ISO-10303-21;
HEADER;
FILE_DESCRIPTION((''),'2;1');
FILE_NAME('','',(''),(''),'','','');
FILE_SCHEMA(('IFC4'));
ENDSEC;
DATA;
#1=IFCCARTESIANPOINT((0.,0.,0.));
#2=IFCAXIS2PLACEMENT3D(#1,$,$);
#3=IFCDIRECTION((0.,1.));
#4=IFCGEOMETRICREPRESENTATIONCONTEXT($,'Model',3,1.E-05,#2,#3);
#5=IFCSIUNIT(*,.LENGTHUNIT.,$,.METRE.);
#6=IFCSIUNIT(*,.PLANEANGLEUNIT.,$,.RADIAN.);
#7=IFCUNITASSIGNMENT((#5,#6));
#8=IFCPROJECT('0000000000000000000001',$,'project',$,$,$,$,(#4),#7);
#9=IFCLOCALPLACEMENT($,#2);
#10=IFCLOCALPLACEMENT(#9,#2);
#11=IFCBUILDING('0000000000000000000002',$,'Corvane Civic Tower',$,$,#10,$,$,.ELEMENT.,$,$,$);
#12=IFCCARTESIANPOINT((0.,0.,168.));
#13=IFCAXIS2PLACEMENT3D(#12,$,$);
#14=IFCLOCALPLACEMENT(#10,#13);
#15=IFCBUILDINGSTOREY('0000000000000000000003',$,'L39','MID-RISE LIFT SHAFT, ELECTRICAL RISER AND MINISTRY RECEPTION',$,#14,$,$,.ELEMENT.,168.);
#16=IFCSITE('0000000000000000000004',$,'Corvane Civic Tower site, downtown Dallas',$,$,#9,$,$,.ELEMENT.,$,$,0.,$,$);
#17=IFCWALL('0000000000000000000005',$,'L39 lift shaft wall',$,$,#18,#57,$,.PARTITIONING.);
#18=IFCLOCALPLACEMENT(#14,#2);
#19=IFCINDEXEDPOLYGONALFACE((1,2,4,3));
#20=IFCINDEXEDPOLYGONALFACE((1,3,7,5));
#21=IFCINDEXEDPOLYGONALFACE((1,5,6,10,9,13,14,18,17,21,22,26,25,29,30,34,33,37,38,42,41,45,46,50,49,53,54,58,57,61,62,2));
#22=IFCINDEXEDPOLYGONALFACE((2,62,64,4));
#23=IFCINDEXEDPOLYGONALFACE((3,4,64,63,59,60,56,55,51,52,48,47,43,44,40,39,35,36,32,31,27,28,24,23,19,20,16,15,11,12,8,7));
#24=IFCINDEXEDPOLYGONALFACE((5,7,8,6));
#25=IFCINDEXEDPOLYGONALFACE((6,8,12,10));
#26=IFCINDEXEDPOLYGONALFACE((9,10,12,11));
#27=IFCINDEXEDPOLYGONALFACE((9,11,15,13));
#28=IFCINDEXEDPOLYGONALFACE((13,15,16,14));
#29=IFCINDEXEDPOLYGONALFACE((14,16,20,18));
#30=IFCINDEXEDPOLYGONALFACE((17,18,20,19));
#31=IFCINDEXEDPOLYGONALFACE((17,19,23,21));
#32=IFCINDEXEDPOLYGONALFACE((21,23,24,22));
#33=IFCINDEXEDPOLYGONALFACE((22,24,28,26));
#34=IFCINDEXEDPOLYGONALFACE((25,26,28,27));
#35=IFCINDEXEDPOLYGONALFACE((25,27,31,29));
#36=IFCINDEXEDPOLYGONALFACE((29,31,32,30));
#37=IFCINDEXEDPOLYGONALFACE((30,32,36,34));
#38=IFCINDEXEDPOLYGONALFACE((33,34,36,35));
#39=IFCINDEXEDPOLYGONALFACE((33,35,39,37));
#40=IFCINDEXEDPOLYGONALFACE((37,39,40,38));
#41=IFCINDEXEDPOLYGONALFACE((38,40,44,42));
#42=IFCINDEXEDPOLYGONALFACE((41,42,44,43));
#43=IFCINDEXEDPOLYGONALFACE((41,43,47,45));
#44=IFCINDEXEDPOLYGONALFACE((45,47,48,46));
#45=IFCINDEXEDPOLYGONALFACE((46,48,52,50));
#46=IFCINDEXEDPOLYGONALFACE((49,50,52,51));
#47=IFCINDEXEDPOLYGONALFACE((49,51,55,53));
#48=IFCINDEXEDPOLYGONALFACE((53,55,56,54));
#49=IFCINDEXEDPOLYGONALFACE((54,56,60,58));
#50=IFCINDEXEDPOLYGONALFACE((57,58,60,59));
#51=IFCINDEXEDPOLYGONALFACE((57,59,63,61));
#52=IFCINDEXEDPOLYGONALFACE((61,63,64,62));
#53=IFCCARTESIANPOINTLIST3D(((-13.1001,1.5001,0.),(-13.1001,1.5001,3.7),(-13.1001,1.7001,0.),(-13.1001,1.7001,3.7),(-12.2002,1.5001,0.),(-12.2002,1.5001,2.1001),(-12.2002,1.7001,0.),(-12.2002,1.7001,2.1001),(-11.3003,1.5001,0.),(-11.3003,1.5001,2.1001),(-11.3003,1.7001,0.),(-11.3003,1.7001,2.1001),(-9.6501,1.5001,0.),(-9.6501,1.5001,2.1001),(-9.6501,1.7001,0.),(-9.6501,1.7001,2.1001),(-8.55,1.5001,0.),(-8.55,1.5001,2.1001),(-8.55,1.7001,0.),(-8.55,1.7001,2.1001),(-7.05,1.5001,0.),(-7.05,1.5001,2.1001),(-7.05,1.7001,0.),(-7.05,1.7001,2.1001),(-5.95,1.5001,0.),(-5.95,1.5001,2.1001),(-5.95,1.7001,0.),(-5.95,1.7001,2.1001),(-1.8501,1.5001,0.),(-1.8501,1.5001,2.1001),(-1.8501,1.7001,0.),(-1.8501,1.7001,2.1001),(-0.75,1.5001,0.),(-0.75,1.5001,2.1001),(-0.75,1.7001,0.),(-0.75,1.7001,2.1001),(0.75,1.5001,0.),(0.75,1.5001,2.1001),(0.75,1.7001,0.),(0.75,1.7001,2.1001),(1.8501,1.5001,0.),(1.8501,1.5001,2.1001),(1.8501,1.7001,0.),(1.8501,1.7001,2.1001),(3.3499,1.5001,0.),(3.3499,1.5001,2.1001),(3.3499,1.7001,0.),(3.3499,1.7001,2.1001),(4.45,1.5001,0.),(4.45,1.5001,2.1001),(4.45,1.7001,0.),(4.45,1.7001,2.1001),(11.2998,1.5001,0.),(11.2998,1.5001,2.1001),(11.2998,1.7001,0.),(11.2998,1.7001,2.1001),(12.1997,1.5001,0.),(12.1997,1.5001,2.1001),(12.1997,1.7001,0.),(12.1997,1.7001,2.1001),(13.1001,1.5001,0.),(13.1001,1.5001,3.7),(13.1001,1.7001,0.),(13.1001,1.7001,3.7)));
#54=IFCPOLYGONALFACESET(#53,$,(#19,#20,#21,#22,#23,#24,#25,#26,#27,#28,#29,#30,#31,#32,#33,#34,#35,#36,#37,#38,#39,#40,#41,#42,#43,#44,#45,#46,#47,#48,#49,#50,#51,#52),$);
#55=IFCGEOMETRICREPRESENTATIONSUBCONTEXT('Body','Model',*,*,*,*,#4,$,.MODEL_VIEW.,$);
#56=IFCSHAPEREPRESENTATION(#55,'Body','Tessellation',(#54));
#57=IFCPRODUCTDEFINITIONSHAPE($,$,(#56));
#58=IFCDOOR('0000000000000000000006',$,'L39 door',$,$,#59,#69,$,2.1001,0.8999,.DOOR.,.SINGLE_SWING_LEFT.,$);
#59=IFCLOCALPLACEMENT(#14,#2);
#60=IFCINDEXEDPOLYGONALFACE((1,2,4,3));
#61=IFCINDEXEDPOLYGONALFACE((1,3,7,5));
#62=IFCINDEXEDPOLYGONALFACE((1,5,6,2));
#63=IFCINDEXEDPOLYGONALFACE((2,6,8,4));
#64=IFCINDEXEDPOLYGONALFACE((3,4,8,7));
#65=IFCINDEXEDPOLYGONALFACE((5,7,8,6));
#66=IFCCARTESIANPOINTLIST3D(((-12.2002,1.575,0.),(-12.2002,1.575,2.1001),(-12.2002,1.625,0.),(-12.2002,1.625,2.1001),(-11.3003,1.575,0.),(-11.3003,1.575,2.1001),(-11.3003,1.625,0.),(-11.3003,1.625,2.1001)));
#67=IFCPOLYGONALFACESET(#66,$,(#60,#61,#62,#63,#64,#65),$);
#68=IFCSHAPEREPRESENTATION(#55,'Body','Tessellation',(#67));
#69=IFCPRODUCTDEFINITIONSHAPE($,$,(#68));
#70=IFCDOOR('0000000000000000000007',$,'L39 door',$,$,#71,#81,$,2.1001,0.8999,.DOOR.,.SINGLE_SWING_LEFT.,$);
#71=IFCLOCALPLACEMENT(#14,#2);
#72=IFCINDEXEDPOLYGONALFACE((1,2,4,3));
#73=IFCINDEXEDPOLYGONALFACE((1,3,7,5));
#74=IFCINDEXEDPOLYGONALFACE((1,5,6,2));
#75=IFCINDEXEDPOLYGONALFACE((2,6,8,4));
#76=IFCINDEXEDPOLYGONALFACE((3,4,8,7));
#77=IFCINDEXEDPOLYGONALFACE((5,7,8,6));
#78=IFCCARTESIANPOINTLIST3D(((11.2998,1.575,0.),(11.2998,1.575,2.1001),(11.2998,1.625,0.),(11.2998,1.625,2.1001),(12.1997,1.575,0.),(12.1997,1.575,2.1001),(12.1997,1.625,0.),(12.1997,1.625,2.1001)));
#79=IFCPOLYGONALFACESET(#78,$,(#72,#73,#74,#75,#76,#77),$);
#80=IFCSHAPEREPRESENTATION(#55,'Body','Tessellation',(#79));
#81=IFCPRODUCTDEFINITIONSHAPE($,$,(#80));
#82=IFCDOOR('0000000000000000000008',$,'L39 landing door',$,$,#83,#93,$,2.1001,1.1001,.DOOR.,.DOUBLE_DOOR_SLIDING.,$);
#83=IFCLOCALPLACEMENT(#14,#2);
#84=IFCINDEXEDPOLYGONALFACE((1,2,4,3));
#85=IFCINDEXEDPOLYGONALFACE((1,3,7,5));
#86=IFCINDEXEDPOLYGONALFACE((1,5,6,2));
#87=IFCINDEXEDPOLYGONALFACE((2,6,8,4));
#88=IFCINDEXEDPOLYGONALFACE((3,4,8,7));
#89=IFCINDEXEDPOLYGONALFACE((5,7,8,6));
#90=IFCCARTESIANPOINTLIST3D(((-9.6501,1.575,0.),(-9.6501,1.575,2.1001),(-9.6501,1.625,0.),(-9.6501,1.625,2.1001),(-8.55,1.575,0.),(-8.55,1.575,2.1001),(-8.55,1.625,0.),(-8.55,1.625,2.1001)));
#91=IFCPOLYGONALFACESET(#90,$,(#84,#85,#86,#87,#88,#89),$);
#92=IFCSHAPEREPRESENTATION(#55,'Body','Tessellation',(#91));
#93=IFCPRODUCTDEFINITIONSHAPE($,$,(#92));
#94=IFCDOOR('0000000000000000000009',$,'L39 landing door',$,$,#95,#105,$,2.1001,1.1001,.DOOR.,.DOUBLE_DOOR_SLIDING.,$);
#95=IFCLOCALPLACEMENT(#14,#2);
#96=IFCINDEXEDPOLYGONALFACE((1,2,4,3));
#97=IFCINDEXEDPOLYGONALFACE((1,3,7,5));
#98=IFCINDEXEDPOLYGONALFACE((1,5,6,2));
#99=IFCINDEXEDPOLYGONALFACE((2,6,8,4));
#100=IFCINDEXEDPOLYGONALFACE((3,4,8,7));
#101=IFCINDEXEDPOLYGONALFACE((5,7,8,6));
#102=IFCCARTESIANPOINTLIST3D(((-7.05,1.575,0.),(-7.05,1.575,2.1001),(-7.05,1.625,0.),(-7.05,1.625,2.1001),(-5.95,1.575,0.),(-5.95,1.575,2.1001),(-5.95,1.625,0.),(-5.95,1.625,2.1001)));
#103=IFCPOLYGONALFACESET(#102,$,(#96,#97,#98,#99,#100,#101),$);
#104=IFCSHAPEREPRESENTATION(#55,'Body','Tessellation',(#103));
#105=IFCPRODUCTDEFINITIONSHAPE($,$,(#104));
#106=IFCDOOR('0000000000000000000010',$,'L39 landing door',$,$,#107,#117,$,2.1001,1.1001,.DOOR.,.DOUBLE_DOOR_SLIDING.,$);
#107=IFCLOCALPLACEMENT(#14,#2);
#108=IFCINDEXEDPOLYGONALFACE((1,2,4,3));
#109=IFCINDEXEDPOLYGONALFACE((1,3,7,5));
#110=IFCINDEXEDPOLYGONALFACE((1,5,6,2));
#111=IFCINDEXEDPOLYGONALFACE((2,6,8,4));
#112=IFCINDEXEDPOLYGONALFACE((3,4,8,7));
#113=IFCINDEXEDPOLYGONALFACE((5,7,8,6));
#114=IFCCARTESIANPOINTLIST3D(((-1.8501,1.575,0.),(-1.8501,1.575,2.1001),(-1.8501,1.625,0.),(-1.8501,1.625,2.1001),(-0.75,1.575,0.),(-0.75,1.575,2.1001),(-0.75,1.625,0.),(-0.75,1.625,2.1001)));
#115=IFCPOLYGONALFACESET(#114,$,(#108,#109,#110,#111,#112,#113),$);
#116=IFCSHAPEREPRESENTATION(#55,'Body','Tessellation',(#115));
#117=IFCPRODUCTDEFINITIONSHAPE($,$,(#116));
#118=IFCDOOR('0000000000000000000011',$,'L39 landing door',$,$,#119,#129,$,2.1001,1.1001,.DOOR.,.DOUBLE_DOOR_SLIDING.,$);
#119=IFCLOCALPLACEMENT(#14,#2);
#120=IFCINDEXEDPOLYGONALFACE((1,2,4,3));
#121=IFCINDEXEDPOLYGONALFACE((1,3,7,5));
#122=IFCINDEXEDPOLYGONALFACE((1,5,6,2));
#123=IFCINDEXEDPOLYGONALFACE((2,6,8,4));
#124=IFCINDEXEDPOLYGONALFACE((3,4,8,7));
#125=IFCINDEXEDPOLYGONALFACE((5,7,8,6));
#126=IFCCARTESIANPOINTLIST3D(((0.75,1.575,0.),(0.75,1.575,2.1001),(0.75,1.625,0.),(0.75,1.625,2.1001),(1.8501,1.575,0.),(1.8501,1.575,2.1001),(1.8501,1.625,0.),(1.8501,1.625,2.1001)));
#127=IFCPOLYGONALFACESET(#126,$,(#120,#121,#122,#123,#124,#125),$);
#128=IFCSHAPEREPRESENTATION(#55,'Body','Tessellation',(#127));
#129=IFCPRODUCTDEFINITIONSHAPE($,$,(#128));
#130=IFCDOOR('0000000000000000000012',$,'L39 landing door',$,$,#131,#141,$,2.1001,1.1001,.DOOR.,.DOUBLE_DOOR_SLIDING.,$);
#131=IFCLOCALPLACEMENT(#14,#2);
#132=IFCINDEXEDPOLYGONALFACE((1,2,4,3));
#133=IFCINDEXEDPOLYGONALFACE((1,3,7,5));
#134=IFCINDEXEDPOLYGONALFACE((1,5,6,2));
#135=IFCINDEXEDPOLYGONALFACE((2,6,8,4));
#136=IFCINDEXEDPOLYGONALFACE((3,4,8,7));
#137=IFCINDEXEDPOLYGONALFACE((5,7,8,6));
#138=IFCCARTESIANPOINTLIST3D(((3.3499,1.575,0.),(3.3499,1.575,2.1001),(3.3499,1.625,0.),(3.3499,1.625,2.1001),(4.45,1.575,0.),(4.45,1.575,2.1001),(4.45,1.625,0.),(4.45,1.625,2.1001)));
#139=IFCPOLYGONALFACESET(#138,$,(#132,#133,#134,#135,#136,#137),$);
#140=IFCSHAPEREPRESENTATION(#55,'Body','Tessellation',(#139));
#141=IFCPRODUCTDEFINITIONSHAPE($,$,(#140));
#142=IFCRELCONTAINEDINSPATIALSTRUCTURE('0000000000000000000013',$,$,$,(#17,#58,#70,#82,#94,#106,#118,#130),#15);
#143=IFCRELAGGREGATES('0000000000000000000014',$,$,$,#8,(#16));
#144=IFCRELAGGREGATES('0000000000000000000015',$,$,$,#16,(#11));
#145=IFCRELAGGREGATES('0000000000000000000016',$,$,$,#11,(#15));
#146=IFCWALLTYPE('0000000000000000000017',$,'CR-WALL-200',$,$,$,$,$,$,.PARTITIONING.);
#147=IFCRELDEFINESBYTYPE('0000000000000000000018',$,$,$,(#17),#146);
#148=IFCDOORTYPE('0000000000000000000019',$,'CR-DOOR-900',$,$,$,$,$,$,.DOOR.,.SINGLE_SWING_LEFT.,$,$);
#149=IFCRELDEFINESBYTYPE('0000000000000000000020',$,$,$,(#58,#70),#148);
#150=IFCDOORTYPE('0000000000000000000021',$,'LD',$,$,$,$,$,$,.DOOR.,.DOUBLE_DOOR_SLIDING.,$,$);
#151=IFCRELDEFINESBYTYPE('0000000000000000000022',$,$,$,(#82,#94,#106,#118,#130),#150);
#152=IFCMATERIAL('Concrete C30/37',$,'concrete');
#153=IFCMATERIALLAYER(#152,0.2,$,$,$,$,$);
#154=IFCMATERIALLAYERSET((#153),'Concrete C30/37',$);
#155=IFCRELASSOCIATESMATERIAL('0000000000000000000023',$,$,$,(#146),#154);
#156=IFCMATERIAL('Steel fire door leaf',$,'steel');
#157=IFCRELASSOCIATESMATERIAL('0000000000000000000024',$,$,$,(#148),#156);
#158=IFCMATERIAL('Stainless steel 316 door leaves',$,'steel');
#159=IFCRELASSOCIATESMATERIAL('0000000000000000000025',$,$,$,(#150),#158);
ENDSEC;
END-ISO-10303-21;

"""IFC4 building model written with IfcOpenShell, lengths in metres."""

from ifc_helpers import new_model, si_unit, direction, frame, frame_2d, origin, place, context, subcontext, project, spatial, rectangle, extrude, material, layer, layer_set, type_object, element, fill, save


model = new_model("IFC4")

# Units and contexts
model_context = context("Model", 3, precision=1e-05, world=origin(), true_north=direction((0.0, 1.0)))
body_context = subcontext(model_context, "Body", "Model", "MODEL_VIEW")
ifc_project = project(units=[si_unit("LENGTHUNIT", "METRE"), si_unit("PLANEANGLEUNIT", "RADIAN")], contexts=[model_context])

# Site, building, storey
site_placement = place(None, origin())
site = spatial("IfcSite", under=ifc_project, at=site_placement, Name="Corvane Civic Tower site, downtown Dallas", CompositionType="ELEMENT", RefElevation=0.0)
building_placement = place(site_placement, origin())
building = spatial("IfcBuilding", under=site, at=building_placement, Name="Corvane Civic Tower", CompositionType="ELEMENT")
storey_placement = place(building_placement, frame((0.0, 0.0, 168.0)))
storey = spatial("IfcBuildingStorey", under=building, at=storey_placement, Name="L39", Description="MID-RISE LIFT SHAFT, ELECTRICAL RISER AND MINISTRY RECEPTION", CompositionType="ELEMENT", Elevation=168.0)

# Wall, openings, doors
ifc_material_1 = material(Name="Concrete C30/37", Category="concrete")
ifc_layer_1 = layer(ifc_material_1, 0.2)
ifc_layer_set_1 = layer_set([ifc_layer_1], Name="Concrete C30/37")
wall_type_1 = type_object("IfcWallType", Name="CR-WALL-200", PredefinedType="PARTITIONING", material=ifc_layer_set_1)
wall_1_placement = place(storey_placement, frame((-13.1001, 1.6001, 0.0), z_axis=(0.0, 0.0, 1.0), x_axis=(1.0, 0.0, 0.0)))
wall_1 = element("IfcWall", 1, at=wall_1_placement, inside=storey, type_object=wall_type_1, Name="L39 lift shaft wall", PredefinedType="PARTITIONING", context=body_context, shape_type="SweptSolid", body=[
    extrude(rectangle(XDim=26.2002, YDim=0.2, at=frame_2d((13.1001, 0.0))), origin(), (0.0, 0.0, 1.0), 3.7),
])
opening_1_placement = place(wall_1_placement, frame((3.45, 0.0, 0.0)))
opening_1 = element("IfcOpeningElement", 2, at=opening_1_placement, cuts=wall_1, PredefinedType="OPENING", context=body_context, shape_type="SweptSolid", body=[
    extrude(rectangle(XDim=1.1001, YDim=2.1001, at=frame_2d((0.55, 1.05))), frame((0.0, 0.1099, 0.0), z_axis=(0.0, -1.0, 0.0), x_axis=(1.0, 0.0, 0.0)), (0.0, 0.0, 1.0), 0.22),
])
opening_2_placement = place(wall_1_placement, frame((6.05, 0.0, 0.0)))
opening_2 = element("IfcOpeningElement", 3, at=opening_2_placement, cuts=wall_1, PredefinedType="OPENING", context=body_context, shape_type="SweptSolid", body=[
    extrude(rectangle(XDim=1.1001, YDim=2.1001, at=frame_2d((0.55, 1.05))), frame((0.0, 0.1099, 0.0), z_axis=(0.0, -1.0, 0.0), x_axis=(1.0, 0.0, 0.0)), (0.0, 0.0, 1.0), 0.22),
])
opening_3_placement = place(wall_1_placement, frame((11.25, 0.0, 0.0)))
opening_3 = element("IfcOpeningElement", 4, at=opening_3_placement, cuts=wall_1, PredefinedType="OPENING", context=body_context, shape_type="SweptSolid", body=[
    extrude(rectangle(XDim=1.1001, YDim=2.1001, at=frame_2d((0.55, 1.05))), frame((0.0, 0.1099, 0.0), z_axis=(0.0, -1.0, 0.0), x_axis=(1.0, 0.0, 0.0)), (0.0, 0.0, 1.0), 0.22),
])
opening_4_placement = place(wall_1_placement, frame((13.8501, 0.0, 0.0)))
opening_4 = element("IfcOpeningElement", 5, at=opening_4_placement, cuts=wall_1, PredefinedType="OPENING", context=body_context, shape_type="SweptSolid", body=[
    extrude(rectangle(XDim=1.1001, YDim=2.1001, at=frame_2d((0.55, 1.05))), frame((0.0, 0.1099, 0.0), z_axis=(0.0, -1.0, 0.0), x_axis=(1.0, 0.0, 0.0)), (0.0, 0.0, 1.0), 0.22),
])
opening_5_placement = place(wall_1_placement, frame((16.45, 0.0, 0.0)))
opening_5 = element("IfcOpeningElement", 6, at=opening_5_placement, cuts=wall_1, PredefinedType="OPENING", context=body_context, shape_type="SweptSolid", body=[
    extrude(rectangle(XDim=1.1001, YDim=2.1001, at=frame_2d((0.55, 1.05))), frame((0.0, 0.1099, 0.0), z_axis=(0.0, -1.0, 0.0), x_axis=(1.0, 0.0, 0.0)), (0.0, 0.0, 1.0), 0.22),
])
opening_6_placement = place(wall_1_placement, frame((0.8999, 0.0, 0.0)))
opening_6 = element("IfcOpeningElement", 7, at=opening_6_placement, cuts=wall_1, PredefinedType="OPENING", context=body_context, shape_type="SweptSolid", body=[
    extrude(rectangle(XDim=0.8999, YDim=2.1001, at=frame_2d((0.45, 1.05))), frame((0.0, 0.1099, 0.0), z_axis=(0.0, -1.0, 0.0), x_axis=(1.0, 0.0, 0.0)), (0.0, 0.0, 1.0), 0.22),
])
opening_7_placement = place(wall_1_placement, frame((24.3999, 0.0, 0.0)))
opening_7 = element("IfcOpeningElement", 8, at=opening_7_placement, cuts=wall_1, PredefinedType="OPENING", context=body_context, shape_type="SweptSolid", body=[
    extrude(rectangle(XDim=0.8999, YDim=2.1001, at=frame_2d((0.45, 1.05))), frame((0.0, 0.1099, 0.0), z_axis=(0.0, -1.0, 0.0), x_axis=(1.0, 0.0, 0.0)), (0.0, 0.0, 1.0), 0.22),
])
ifc_material_2 = material(Name="Steel fire door leaf", Category="steel")
door_type_1 = type_object("IfcDoorType", Name="CR-DOOR-900", OperationType="SINGLE_SWING_LEFT", PredefinedType="DOOR", material=ifc_material_2)
door_1_placement = place(opening_6_placement, origin())
door_1 = element("IfcDoor", 9, at=door_1_placement, inside=storey, type_object=door_type_1, Name="L39 door", OperationType="SINGLE_SWING_LEFT", OverallHeight=2.1001, OverallWidth=0.8999, PredefinedType="DOOR", context=body_context, shape_type="SweptSolid", body=[
    extrude(rectangle(XDim=0.8999, YDim=2.1001, at=frame_2d((0.45, 1.05))), frame((0.0, 0.0249, 0.0), z_axis=(0.0, -1.0, 0.0), x_axis=(1.0, 0.0, 0.0)), (0.0, 0.0, 1.0), 0.05),
])
fill(opening_6, door_1)
door_2_placement = place(opening_7_placement, origin())
door_2 = element("IfcDoor", 10, at=door_2_placement, inside=storey, type_object=door_type_1, Name="L39 door", OperationType="SINGLE_SWING_LEFT", OverallHeight=2.1001, OverallWidth=0.8999, PredefinedType="DOOR", context=body_context, shape_type="SweptSolid", body=[
    extrude(rectangle(XDim=0.8999, YDim=2.1001, at=frame_2d((0.45, 1.05))), frame((0.0, 0.0249, 0.0), z_axis=(0.0, -1.0, 0.0), x_axis=(1.0, 0.0, 0.0)), (0.0, 0.0, 1.0), 0.05),
])
fill(opening_7, door_2)
ifc_material_3 = material(Name="Stainless steel 316 door leaves", Category="steel")
door_type_2 = type_object("IfcDoorType", Name="LD", OperationType="DOUBLE_DOOR_SLIDING", PredefinedType="DOOR", material=ifc_material_3)
door_3_placement = place(opening_1_placement, origin())
door_3 = element("IfcDoor", 11, at=door_3_placement, inside=storey, type_object=door_type_2, Name="L39 landing door", OperationType="DOUBLE_DOOR_SLIDING", OverallHeight=2.1001, OverallWidth=1.1001, PredefinedType="DOOR", context=body_context, shape_type="SweptSolid", body=[
    extrude(rectangle(XDim=1.1001, YDim=2.1001, at=frame_2d((0.55, 1.05))), frame((0.0, 0.0249, 0.0), z_axis=(0.0, -1.0, 0.0), x_axis=(1.0, 0.0, 0.0)), (0.0, 0.0, 1.0), 0.05),
])
fill(opening_1, door_3)
door_4_placement = place(opening_2_placement, origin())
door_4 = element("IfcDoor", 12, at=door_4_placement, inside=storey, type_object=door_type_2, Name="L39 landing door", OperationType="DOUBLE_DOOR_SLIDING", OverallHeight=2.1001, OverallWidth=1.1001, PredefinedType="DOOR", context=body_context, shape_type="SweptSolid", body=[
    extrude(rectangle(XDim=1.1001, YDim=2.1001, at=frame_2d((0.55, 1.05))), frame((0.0, 0.0249, 0.0), z_axis=(0.0, -1.0, 0.0), x_axis=(1.0, 0.0, 0.0)), (0.0, 0.0, 1.0), 0.05),
])
fill(opening_2, door_4)
door_5_placement = place(opening_3_placement, origin())
door_5 = element("IfcDoor", 13, at=door_5_placement, inside=storey, type_object=door_type_2, Name="L39 landing door", OperationType="DOUBLE_DOOR_SLIDING", OverallHeight=2.1001, OverallWidth=1.1001, PredefinedType="DOOR", context=body_context, shape_type="SweptSolid", body=[
    extrude(rectangle(XDim=1.1001, YDim=2.1001, at=frame_2d((0.55, 1.05))), frame((0.0, 0.0249, 0.0), z_axis=(0.0, -1.0, 0.0), x_axis=(1.0, 0.0, 0.0)), (0.0, 0.0, 1.0), 0.05),
])
fill(opening_3, door_5)
door_6_placement = place(opening_4_placement, origin())
door_6 = element("IfcDoor", 14, at=door_6_placement, inside=storey, type_object=door_type_2, Name="L39 landing door", OperationType="DOUBLE_DOOR_SLIDING", OverallHeight=2.1001, OverallWidth=1.1001, PredefinedType="DOOR", context=body_context, shape_type="SweptSolid", body=[
    extrude(rectangle(XDim=1.1001, YDim=2.1001, at=frame_2d((0.55, 1.05))), frame((0.0, 0.0249, 0.0), z_axis=(0.0, -1.0, 0.0), x_axis=(1.0, 0.0, 0.0)), (0.0, 0.0, 1.0), 0.05),
])
fill(opening_4, door_6)
door_7_placement = place(opening_5_placement, origin())
door_7 = element("IfcDoor", 15, at=door_7_placement, inside=storey, type_object=door_type_2, Name="L39 landing door", OperationType="DOUBLE_DOOR_SLIDING", OverallHeight=2.1001, OverallWidth=1.1001, PredefinedType="DOOR", context=body_context, shape_type="SweptSolid", body=[
    extrude(rectangle(XDim=1.1001, YDim=2.1001, at=frame_2d((0.55, 1.05))), frame((0.0, 0.0249, 0.0), z_axis=(0.0, -1.0, 0.0), x_axis=(1.0, 0.0, 0.0)), (0.0, 0.0, 1.0), 0.05),
])
fill(opening_5, door_7)

save(model, "model.ifc")
